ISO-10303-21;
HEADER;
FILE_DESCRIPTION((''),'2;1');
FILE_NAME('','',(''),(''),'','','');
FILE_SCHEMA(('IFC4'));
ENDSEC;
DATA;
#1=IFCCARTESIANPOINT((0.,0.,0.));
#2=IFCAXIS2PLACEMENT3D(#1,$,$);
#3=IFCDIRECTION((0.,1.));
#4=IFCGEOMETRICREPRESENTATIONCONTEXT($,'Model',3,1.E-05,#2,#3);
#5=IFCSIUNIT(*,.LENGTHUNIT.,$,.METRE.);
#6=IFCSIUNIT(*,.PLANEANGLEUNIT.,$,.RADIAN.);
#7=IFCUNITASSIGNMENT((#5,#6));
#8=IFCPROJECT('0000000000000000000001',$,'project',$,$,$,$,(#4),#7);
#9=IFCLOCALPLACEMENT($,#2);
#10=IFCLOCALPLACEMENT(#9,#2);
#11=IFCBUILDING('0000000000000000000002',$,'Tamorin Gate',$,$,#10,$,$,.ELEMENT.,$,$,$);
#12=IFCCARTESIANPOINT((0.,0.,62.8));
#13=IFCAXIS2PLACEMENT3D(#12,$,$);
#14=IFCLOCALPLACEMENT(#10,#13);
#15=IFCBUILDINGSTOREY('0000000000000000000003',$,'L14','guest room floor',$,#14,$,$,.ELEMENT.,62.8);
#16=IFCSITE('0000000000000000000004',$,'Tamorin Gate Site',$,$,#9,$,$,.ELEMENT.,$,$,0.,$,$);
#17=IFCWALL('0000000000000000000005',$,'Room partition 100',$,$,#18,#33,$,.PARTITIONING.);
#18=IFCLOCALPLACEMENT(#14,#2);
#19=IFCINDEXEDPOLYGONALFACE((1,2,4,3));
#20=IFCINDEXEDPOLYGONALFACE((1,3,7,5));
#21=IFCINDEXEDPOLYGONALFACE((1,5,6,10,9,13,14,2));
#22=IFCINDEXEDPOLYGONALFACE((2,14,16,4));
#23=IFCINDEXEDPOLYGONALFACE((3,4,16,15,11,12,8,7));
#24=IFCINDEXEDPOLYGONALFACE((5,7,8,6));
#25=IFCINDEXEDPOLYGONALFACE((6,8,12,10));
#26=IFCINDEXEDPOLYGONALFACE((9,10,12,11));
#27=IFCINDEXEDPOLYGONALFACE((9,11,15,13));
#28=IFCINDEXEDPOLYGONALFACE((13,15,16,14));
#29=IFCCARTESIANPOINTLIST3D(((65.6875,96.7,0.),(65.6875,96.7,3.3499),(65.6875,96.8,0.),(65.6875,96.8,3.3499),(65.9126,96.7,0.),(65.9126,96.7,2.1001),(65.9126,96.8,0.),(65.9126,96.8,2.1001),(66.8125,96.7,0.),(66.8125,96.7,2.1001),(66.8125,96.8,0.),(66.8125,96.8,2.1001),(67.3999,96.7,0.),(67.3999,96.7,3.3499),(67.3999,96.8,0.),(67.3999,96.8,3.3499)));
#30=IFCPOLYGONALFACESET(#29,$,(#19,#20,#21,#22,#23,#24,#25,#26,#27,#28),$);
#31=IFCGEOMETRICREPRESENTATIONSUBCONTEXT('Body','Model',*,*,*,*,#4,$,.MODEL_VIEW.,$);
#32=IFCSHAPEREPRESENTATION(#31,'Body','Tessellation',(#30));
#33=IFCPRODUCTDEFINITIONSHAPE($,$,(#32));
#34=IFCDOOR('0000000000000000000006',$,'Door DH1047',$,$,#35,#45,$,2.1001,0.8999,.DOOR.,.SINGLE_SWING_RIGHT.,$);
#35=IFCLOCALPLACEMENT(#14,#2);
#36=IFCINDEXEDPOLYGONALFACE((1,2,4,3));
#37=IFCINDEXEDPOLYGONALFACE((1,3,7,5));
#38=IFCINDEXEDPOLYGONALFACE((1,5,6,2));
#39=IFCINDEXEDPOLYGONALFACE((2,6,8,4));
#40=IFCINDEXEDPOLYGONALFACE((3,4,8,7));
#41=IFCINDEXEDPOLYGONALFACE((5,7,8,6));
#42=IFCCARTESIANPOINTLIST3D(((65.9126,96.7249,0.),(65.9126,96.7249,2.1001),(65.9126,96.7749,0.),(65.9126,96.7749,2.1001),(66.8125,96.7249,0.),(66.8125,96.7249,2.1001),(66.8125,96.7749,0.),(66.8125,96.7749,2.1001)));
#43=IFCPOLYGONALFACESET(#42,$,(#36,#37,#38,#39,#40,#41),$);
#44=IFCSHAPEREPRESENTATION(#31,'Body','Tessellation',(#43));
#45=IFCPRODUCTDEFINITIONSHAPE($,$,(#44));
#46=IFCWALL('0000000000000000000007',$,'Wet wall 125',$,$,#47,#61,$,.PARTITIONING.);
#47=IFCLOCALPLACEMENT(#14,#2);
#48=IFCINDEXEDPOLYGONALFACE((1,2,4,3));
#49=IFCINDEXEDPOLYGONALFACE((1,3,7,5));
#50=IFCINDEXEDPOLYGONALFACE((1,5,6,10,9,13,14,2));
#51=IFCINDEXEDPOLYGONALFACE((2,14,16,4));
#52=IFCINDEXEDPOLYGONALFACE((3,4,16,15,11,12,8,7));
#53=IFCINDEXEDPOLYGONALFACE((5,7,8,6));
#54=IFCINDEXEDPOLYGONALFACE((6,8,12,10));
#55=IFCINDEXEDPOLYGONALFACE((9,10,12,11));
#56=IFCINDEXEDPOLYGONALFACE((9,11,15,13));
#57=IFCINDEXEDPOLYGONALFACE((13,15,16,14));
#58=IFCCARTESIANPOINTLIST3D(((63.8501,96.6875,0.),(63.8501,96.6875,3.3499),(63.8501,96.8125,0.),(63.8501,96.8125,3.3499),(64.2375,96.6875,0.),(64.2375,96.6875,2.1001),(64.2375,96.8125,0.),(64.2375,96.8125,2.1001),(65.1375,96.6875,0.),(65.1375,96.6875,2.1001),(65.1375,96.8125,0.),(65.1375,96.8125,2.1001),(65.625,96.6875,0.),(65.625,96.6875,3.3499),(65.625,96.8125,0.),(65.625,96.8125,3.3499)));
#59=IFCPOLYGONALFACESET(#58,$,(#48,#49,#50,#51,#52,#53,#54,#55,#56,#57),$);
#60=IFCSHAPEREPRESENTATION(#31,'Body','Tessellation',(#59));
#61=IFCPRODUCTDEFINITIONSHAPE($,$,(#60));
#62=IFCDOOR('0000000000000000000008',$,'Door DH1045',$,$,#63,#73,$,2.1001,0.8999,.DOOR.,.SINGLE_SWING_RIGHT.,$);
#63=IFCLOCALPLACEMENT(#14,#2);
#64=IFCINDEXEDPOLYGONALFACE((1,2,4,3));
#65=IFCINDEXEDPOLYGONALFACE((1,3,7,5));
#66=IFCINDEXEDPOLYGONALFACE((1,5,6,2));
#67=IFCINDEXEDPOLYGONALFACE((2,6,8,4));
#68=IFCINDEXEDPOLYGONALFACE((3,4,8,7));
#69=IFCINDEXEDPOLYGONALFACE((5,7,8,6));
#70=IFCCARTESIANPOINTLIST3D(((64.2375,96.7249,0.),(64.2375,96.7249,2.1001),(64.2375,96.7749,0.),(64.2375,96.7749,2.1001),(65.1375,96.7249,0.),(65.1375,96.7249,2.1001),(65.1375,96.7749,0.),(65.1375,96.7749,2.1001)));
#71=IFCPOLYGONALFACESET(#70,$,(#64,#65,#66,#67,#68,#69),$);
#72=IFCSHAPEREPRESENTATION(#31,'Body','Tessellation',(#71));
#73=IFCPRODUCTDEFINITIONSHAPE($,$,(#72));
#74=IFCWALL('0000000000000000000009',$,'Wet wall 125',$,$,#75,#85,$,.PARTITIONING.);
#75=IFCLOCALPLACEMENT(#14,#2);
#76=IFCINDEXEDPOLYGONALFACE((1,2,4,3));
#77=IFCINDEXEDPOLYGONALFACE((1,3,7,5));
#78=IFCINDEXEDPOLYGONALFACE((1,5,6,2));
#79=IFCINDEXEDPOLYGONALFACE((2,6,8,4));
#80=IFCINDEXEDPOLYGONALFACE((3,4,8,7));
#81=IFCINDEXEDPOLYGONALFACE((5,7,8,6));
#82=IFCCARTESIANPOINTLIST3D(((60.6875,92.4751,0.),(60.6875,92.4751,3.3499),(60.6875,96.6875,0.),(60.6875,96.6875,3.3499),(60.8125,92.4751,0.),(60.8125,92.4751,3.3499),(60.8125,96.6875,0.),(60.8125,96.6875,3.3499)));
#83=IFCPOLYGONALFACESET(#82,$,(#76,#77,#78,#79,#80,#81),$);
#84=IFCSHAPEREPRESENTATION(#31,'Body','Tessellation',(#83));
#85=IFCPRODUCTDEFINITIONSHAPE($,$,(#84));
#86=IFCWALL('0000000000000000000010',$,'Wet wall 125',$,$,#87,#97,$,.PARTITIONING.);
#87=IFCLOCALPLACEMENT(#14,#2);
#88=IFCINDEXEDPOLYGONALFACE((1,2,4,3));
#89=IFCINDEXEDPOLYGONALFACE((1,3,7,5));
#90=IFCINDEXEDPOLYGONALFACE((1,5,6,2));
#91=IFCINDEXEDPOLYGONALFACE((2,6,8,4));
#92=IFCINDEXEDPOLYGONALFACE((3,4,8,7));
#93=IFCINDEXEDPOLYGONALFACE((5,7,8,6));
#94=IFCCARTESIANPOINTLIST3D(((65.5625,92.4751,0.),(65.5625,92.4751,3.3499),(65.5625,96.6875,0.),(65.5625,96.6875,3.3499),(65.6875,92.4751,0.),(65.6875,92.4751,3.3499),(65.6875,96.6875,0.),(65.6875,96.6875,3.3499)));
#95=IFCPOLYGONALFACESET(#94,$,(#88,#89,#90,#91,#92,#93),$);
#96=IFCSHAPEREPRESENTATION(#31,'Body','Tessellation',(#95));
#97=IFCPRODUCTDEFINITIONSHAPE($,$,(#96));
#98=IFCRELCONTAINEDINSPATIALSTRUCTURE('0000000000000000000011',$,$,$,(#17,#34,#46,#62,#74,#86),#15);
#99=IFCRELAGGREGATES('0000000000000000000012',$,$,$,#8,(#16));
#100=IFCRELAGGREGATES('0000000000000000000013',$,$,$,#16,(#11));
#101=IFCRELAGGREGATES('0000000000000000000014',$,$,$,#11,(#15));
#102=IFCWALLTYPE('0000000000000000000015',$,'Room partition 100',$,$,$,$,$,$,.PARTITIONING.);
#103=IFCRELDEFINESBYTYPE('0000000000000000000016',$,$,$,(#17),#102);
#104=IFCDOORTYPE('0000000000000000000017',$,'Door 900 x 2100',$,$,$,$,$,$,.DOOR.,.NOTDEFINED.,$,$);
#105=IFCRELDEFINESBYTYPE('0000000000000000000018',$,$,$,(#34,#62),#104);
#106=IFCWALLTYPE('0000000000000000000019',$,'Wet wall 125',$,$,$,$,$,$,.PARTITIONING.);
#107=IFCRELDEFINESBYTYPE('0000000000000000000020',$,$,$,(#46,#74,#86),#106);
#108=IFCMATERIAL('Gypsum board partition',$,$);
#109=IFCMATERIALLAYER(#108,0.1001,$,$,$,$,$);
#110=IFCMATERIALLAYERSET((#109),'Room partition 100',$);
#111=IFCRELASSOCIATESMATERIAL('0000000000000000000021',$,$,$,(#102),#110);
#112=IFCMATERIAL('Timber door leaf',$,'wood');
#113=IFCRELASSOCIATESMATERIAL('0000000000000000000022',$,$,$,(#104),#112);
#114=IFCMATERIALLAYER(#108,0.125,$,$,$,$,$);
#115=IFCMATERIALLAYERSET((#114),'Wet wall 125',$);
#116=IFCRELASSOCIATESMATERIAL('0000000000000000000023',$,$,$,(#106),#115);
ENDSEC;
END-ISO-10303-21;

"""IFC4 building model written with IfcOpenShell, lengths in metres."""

from ifc_helpers import new_model, si_unit, direction, frame, frame_2d, origin, place, context, subcontext, project, spatial, rectangle, extrude, material, layer, layer_set, type_object, element, fill, save


model = new_model("IFC4")

# Units and contexts
model_context = context("Model", 3, precision=1e-05, world=origin(), true_north=direction((0.0, 1.0)))
body_context = subcontext(model_context, "Body", "Model", "MODEL_VIEW")
ifc_project = project(units=[si_unit("LENGTHUNIT", "METRE"), si_unit("PLANEANGLEUNIT", "RADIAN")], contexts=[model_context])

# Site, building, storey
site_placement = place(None, origin())
site = spatial("IfcSite", under=ifc_project, at=site_placement, Name="Tamorin Gate Site", CompositionType="ELEMENT", RefElevation=0.0)
building_placement = place(site_placement, origin())
building = spatial("IfcBuilding", under=site, at=building_placement, Name="Tamorin Gate", CompositionType="ELEMENT")
storey_placement = place(building_placement, frame((0.0, 0.0, 62.8)))
storey = spatial("IfcBuildingStorey", under=building, at=storey_placement, Name="L14", Description="guest room floor", CompositionType="ELEMENT", Elevation=62.8)

# Shared definitions
ifc_material_1 = material(Name="Gypsum board partition")

# Walls, openings, doors
ifc_layer_1 = layer(ifc_material_1, 0.1001)
ifc_layer_set_1 = layer_set([ifc_layer_1], Name="Room partition 100")
wall_type_1 = type_object("IfcWallType", Name="Room partition 100", PredefinedType="PARTITIONING", material=ifc_layer_set_1)
ifc_material_2 = material(Name="Timber door leaf", Category="wood")
door_type = type_object("IfcDoorType", Name="Door 900 x 2100", OperationType="NOTDEFINED", PredefinedType="DOOR", material=ifc_material_2)
wall_1_placement = place(storey_placement, frame((65.6875, 96.75, 0.0), z_axis=(0.0, 0.0, 1.0), x_axis=(1.0, 0.0, 0.0)))
wall_1 = element("IfcWall", 1, at=wall_1_placement, inside=storey, type_object=wall_type_1, Name="Room partition 100", PredefinedType="PARTITIONING", context=body_context, shape_type="SweptSolid", body=[
    extrude(rectangle(XDim=1.7124, YDim=0.1001, at=frame_2d((0.8562, 0.0))), origin(), (0.0, 0.0, 1.0), 3.3499),
])
opening_1_placement = place(wall_1_placement, frame((0.2251, 0.0, 0.0)))
opening_1 = element("IfcOpeningElement", 2, at=opening_1_placement, cuts=wall_1, PredefinedType="OPENING", context=body_context, shape_type="SweptSolid", body=[
    extrude(rectangle(XDim=0.8999, YDim=2.1001, at=frame_2d((0.45, 1.05))), frame((0.0, 0.0601, 0.0), z_axis=(0.0, -1.0, 0.0), x_axis=(1.0, 0.0, 0.0)), (0.0, 0.0, 1.0), 0.1201),
])
door_1_placement = place(opening_1_placement, origin())
door_1 = element("IfcDoor", 3, at=door_1_placement, inside=storey, type_object=door_type, Name="Door DH1047", OperationType="SINGLE_SWING_RIGHT", OverallHeight=2.1001, OverallWidth=0.8999, PredefinedType="DOOR", context=body_context, shape_type="SweptSolid", body=[
    extrude(rectangle(XDim=0.8999, YDim=2.1001, at=frame_2d((0.45, 1.05))), frame((0.0, 0.0249, 0.0), z_axis=(0.0, -1.0, 0.0), x_axis=(1.0, 0.0, 0.0)), (0.0, 0.0, 1.0), 0.05),
])
fill(opening_1, door_1)
ifc_layer_2 = layer(ifc_material_1, 0.125)
ifc_layer_set_2 = layer_set([ifc_layer_2], Name="Wet wall 125")
wall_type_2 = type_object("IfcWallType", Name="Wet wall 125", PredefinedType="PARTITIONING", material=ifc_layer_set_2)
wall_2_placement = place(storey_placement, frame((63.8501, 96.75, 0.0), z_axis=(0.0, 0.0, 1.0), x_axis=(1.0, 0.0, 0.0)))
wall_2 = element("IfcWall", 4, at=wall_2_placement, inside=storey, type_object=wall_type_2, Name="Wet wall 125", PredefinedType="PARTITIONING", context=body_context, shape_type="SweptSolid", body=[
    extrude(rectangle(XDim=1.7749, YDim=0.125, at=frame_2d((0.8875, 0.0))), origin(), (0.0, 0.0, 1.0), 3.3499),
])
opening_2_placement = place(wall_2_placement, frame((0.3875, 0.0, 0.0)))
opening_2 = element("IfcOpeningElement", 5, at=opening_2_placement, cuts=wall_2, PredefinedType="OPENING", context=body_context, shape_type="SweptSolid", body=[
    extrude(rectangle(XDim=0.8999, YDim=2.1001, at=frame_2d((0.45, 1.05))), frame((0.0, 0.0725, 0.0), z_axis=(0.0, -1.0, 0.0), x_axis=(1.0, 0.0, 0.0)), (0.0, 0.0, 1.0), 0.145),
])
door_2_placement = place(opening_2_placement, origin())
door_2 = element("IfcDoor", 6, at=door_2_placement, inside=storey, type_object=door_type, Name="Door DH1045", OperationType="SINGLE_SWING_RIGHT", OverallHeight=2.1001, OverallWidth=0.8999, PredefinedType="DOOR", context=body_context, shape_type="SweptSolid", body=[
    extrude(rectangle(XDim=0.8999, YDim=2.1001, at=frame_2d((0.45, 1.05))), frame((0.0, 0.0249, 0.0), z_axis=(0.0, -1.0, 0.0), x_axis=(1.0, 0.0, 0.0)), (0.0, 0.0, 1.0), 0.05),
])
fill(opening_2, door_2)

# Walls
for number, where, z_axis, x_axis, name in (
    (7, (60.75, 92.4751, 0.0), (0.0, 0.0, 1.0), (0.0, 1.0, 0.0), "Wet wall 125"),
    (8, (65.625, 92.4751, 0.0), (0.0, 0.0, 1.0), (0.0, 1.0, 0.0), "Wet wall 125"),
):
    element("IfcWall", number, at=place(storey_placement, frame(where, z_axis=z_axis, x_axis=x_axis)), inside=storey, type_object=wall_type_2, Name=name, PredefinedType="PARTITIONING", context=body_context, shape_type="SweptSolid", body=[
        extrude(rectangle(XDim=4.2124, YDim=0.125, at=frame_2d((2.1062, 0.0))), origin(), (0.0, 0.0, 1.0), 3.3499),
    ])

save(model, "model.ifc")
